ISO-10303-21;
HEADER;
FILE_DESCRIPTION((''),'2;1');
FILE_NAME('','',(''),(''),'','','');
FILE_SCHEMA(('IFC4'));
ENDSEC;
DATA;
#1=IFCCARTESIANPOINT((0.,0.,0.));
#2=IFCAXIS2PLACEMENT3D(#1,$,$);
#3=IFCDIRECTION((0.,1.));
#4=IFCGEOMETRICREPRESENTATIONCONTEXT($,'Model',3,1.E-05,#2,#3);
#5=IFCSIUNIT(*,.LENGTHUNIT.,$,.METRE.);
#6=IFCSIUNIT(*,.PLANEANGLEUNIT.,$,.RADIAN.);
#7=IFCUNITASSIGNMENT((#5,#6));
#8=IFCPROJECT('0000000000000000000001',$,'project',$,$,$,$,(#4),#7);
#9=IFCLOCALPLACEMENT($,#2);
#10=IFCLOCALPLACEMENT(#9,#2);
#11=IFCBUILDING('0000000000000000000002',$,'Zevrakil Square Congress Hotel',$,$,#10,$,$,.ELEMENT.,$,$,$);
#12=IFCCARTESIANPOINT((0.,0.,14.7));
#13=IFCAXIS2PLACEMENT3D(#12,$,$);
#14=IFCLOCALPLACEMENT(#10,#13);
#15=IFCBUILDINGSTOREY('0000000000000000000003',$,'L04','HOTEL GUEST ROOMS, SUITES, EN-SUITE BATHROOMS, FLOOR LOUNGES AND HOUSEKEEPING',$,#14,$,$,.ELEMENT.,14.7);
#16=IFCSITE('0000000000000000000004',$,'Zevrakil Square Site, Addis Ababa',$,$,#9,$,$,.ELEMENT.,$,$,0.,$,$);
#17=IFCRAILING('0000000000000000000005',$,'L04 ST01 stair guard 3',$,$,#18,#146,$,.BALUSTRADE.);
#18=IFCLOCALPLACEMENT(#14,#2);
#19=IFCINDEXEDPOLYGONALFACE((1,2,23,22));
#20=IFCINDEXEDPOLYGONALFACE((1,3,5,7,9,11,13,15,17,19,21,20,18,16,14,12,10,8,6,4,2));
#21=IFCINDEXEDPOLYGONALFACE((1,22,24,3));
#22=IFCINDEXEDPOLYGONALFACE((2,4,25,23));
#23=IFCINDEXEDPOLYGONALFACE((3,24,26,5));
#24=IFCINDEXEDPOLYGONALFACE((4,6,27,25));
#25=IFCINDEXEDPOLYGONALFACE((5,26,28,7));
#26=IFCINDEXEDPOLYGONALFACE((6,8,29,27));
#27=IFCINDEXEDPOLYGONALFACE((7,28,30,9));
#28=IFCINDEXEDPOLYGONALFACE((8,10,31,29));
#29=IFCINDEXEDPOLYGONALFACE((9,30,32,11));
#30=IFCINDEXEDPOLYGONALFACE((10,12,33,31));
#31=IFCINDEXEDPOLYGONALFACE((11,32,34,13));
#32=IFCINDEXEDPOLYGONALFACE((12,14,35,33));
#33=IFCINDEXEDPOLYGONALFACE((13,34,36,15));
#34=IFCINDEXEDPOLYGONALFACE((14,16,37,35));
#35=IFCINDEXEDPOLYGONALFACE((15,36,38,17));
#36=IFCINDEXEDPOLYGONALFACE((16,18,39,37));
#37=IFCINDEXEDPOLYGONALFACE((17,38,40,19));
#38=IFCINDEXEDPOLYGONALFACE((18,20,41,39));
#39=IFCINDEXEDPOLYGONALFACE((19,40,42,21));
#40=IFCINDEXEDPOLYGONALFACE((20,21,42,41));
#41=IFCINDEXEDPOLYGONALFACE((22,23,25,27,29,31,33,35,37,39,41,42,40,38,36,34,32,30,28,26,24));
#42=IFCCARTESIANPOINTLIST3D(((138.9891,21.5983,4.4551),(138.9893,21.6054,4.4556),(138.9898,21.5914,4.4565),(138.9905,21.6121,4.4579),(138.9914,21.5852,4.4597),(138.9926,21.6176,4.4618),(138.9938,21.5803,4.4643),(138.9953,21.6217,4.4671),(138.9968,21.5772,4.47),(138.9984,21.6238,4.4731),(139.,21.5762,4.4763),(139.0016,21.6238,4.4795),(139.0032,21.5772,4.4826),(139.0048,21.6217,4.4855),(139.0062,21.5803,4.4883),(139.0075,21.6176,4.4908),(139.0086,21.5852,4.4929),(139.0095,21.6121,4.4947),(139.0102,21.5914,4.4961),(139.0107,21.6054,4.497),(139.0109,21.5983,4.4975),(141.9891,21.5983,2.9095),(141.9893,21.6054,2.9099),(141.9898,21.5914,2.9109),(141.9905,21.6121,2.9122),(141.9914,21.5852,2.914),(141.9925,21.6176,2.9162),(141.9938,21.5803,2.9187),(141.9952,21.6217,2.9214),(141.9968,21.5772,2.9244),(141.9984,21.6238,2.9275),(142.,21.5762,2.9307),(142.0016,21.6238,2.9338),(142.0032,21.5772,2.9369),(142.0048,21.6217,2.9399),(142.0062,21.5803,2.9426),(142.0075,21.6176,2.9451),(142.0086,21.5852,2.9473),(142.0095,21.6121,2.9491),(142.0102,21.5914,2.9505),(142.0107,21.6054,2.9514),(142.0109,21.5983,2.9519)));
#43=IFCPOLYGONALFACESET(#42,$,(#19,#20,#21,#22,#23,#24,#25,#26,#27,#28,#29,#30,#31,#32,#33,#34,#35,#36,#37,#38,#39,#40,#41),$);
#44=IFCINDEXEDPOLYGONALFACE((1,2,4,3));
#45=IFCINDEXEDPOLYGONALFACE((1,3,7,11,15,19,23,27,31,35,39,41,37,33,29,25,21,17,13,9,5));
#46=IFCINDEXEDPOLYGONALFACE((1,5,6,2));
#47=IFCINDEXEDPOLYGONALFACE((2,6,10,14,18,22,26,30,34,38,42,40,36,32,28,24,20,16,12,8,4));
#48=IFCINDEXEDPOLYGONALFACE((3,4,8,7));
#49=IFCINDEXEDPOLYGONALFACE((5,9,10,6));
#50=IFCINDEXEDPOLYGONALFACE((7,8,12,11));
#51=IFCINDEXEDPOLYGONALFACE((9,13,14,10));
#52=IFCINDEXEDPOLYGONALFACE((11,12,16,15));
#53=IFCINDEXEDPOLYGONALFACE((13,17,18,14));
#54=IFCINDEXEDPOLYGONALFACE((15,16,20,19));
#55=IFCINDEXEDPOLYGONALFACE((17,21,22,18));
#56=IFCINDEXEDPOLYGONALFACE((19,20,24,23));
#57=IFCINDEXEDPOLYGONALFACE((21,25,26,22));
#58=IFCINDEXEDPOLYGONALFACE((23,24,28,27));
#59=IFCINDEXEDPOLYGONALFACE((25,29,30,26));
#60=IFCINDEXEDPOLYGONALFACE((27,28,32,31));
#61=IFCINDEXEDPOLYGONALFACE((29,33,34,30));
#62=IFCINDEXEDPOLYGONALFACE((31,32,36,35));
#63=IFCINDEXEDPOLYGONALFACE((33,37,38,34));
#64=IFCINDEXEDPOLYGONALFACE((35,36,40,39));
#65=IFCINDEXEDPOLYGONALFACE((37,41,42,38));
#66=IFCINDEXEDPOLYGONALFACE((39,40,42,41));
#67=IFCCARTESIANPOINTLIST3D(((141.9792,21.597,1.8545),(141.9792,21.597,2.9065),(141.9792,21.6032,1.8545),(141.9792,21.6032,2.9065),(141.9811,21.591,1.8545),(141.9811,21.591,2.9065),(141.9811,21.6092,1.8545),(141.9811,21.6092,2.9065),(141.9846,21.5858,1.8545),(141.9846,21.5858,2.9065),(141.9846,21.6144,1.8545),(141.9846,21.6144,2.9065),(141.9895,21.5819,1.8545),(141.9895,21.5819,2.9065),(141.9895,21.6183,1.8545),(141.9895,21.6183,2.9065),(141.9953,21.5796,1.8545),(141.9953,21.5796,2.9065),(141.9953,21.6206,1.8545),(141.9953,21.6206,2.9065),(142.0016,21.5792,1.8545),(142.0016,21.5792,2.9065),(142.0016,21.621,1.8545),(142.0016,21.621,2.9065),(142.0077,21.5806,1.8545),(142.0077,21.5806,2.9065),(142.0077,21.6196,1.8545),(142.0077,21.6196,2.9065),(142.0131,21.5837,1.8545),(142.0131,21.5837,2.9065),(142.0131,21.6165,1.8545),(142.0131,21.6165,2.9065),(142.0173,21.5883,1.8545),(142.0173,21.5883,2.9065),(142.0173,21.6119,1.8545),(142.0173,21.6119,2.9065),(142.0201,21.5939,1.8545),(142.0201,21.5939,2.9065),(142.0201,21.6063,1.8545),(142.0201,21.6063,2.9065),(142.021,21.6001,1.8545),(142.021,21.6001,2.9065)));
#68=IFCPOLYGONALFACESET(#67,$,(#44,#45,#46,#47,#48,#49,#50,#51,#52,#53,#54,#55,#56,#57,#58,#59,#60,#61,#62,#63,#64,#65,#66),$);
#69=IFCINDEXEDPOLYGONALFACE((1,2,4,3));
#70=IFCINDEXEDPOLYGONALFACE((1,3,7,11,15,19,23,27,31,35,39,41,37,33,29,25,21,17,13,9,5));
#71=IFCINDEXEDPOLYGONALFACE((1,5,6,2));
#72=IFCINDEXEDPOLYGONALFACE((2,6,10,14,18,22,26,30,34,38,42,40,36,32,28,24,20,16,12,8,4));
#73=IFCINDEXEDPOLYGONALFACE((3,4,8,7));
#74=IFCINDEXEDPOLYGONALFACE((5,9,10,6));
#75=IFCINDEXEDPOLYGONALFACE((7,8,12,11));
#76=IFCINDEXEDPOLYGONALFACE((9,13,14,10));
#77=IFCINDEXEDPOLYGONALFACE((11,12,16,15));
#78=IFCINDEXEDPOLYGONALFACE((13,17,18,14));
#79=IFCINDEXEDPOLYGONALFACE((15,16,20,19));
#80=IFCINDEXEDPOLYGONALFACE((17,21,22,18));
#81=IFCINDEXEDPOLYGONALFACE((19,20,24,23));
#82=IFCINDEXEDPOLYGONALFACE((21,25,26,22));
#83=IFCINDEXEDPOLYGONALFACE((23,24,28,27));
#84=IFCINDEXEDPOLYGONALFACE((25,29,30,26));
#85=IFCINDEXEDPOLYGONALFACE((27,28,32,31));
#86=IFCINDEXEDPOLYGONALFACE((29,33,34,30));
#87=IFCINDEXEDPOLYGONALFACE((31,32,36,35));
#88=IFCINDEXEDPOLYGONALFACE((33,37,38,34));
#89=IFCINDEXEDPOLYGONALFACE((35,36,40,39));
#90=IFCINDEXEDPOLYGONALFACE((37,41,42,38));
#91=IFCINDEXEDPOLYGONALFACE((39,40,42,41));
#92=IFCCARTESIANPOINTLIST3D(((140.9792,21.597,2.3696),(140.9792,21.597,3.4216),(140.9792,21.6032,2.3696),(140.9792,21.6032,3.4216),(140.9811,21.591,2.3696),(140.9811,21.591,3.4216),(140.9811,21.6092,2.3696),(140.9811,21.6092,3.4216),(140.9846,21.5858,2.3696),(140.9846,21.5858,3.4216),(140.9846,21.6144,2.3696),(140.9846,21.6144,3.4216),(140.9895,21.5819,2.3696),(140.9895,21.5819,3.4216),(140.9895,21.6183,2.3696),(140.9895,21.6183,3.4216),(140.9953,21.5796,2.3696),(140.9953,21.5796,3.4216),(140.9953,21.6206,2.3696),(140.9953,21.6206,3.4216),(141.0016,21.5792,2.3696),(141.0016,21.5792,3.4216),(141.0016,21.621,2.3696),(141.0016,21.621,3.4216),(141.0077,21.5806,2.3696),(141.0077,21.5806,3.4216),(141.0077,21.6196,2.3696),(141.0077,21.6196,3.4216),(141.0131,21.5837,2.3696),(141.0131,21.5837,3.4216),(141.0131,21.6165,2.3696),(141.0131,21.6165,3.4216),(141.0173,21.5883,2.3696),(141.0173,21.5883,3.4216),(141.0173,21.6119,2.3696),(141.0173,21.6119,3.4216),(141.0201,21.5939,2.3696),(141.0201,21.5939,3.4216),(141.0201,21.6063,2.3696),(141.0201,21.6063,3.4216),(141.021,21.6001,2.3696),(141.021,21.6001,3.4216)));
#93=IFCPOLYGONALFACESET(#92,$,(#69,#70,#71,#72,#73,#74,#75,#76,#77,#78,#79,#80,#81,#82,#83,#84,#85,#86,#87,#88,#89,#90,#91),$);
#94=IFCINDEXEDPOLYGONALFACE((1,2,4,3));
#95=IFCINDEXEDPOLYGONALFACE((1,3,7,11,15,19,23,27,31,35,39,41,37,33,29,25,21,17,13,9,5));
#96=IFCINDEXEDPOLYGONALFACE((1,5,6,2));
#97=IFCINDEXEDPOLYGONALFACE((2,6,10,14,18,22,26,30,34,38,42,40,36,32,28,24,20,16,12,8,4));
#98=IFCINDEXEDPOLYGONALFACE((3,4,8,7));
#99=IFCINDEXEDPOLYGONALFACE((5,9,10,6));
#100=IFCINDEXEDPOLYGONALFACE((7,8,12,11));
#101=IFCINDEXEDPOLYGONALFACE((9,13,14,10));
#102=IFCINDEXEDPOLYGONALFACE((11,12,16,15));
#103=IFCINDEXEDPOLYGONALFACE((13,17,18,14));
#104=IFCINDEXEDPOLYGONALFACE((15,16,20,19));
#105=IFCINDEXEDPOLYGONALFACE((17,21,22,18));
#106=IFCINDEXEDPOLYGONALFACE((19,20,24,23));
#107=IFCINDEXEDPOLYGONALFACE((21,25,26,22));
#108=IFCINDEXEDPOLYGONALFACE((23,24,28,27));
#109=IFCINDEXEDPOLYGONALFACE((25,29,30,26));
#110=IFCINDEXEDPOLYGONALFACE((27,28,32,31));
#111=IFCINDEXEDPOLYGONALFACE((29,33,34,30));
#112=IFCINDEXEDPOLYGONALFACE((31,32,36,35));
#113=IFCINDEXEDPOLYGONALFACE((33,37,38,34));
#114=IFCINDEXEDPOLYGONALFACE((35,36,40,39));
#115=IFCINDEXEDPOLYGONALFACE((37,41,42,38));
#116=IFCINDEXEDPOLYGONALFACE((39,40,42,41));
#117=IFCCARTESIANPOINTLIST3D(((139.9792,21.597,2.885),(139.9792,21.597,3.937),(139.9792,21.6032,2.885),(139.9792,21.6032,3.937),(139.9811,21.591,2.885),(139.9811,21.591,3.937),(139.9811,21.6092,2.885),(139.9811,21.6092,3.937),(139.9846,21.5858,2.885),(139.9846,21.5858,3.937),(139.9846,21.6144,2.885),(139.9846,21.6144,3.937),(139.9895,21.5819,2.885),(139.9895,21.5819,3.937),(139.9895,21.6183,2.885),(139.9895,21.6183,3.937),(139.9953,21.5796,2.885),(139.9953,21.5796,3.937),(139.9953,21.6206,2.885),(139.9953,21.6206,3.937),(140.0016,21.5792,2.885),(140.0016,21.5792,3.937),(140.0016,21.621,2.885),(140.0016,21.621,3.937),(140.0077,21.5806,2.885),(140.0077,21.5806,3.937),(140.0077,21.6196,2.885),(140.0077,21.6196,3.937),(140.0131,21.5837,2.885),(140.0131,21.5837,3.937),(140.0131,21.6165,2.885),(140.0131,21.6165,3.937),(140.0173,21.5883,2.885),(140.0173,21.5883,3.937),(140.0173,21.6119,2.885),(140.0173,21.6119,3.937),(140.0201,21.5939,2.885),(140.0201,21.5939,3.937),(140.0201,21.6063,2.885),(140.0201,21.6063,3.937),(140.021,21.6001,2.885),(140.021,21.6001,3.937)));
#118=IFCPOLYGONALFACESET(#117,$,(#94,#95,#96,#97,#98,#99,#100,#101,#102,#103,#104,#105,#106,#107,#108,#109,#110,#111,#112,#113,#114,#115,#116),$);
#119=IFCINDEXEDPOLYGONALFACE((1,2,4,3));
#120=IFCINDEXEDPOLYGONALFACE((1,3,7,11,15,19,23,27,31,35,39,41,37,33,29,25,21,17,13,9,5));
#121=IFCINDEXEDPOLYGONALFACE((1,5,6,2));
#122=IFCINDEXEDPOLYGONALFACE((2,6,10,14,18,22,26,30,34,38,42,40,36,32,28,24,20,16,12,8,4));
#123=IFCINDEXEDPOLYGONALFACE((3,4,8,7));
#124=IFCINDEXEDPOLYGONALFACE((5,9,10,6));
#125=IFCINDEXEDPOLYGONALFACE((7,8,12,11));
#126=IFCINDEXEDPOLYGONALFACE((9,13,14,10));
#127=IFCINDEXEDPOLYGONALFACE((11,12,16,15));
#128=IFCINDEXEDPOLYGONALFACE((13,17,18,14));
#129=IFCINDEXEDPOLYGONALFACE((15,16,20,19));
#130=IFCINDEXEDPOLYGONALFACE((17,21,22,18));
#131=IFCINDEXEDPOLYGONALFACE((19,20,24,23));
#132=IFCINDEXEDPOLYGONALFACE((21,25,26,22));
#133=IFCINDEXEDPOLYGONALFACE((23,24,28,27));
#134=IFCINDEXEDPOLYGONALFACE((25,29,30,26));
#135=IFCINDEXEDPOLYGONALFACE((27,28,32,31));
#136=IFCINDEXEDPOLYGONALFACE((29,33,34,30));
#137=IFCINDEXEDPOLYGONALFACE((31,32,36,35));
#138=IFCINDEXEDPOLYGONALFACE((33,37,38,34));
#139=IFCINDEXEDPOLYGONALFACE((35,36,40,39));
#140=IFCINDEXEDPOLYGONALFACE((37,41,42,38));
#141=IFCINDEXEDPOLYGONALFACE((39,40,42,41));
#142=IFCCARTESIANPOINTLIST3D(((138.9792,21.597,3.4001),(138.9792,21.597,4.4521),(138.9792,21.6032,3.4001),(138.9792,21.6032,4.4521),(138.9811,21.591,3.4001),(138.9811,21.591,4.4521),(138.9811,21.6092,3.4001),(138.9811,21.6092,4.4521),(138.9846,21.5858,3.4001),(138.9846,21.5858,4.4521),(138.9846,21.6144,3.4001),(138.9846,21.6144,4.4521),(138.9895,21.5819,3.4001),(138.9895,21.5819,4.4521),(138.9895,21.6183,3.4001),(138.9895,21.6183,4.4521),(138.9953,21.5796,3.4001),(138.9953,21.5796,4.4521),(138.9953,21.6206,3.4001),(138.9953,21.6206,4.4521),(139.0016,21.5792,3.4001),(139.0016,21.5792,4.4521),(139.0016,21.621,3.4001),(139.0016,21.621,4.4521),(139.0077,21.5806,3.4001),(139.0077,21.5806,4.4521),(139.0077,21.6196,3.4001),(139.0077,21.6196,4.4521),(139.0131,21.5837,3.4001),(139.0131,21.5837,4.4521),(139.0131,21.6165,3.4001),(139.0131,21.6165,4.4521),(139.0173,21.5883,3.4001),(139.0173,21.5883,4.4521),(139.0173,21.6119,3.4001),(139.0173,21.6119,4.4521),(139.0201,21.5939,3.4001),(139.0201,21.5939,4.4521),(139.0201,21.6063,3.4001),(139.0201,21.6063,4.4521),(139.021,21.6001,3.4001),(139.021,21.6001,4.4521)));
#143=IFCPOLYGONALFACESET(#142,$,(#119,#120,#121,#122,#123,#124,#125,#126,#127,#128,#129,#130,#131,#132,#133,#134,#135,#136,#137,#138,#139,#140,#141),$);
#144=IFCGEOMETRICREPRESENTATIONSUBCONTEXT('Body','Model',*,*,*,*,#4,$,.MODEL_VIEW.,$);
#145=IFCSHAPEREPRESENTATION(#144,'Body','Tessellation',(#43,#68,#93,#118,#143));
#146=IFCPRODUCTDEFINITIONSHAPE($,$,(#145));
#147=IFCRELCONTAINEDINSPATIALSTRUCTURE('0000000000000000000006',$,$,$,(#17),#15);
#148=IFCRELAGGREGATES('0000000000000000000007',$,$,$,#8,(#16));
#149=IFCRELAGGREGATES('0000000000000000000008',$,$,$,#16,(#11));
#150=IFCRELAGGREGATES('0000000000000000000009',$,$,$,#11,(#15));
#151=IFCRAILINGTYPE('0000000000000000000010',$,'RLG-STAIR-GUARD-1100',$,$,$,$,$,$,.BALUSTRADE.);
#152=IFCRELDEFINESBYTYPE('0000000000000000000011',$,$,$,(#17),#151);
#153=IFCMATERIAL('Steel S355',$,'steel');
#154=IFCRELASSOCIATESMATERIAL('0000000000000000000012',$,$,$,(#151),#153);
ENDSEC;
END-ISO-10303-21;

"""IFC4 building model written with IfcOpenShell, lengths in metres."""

from ifc_helpers import new_model, si_unit, direction, frame, origin, origin_2d, place, context, subcontext, project, spatial, circle, extrude, material, type_object, element, save


model = new_model("IFC4")

# Units and contexts
model_context = context("Model", 3, precision=1e-05, world=origin(), true_north=direction((0.0, 1.0)))
body_context = subcontext(model_context, "Body", "Model", "MODEL_VIEW")
ifc_project = project(units=[si_unit("LENGTHUNIT", "METRE"), si_unit("PLANEANGLEUNIT", "RADIAN")], contexts=[model_context])

# Site, building, storey
site_placement = place(None, origin())
site = spatial("IfcSite", under=ifc_project, at=site_placement, Name="Zevrakil Square Site, Addis Ababa", CompositionType="ELEMENT", RefElevation=0.0)
building_placement = place(site_placement, origin())
building = spatial("IfcBuilding", under=site, at=building_placement, Name="Zevrakil Square Congress Hotel", CompositionType="ELEMENT")
storey_placement = place(building_placement, frame((0.0, 0.0, 14.7)))
storey = spatial("IfcBuildingStorey", under=building, at=storey_placement, Name="L04", Description="HOTEL GUEST ROOMS, SUITES, EN-SUITE BATHROOMS, FLOOR LOUNGES AND HOUSEKEEPING", CompositionType="ELEMENT", Elevation=14.7)

# Railing
ifc_material_1 = material(Name="Steel S355", Category="steel")
railing_type_1 = type_object("IfcRailingType", Name="RLG-STAIR-GUARD-1100", PredefinedType="BALUSTRADE", material=ifc_material_1)
railing_1_placement = place(storey_placement, frame((142.0, 21.6001, 1.8545)))
element("IfcRailing", 1, at=railing_1_placement, inside=storey, type_object=railing_type_1, Name="L04 ST01 stair guard 3", PredefinedType="BALUSTRADE", context=body_context, shape_type="SweptSolid", body=[
    extrude(circle(Radius=0.0239, at=origin_2d()), frame((0.0, 0.0, 1.0762), z_axis=(-0.88895, 0.0, 0.458003), x_axis=(0.0, -1.0, 0.0)), (0.0, 0.0, 1.0), 3.3748),
    extrude(circle(Radius=0.021, at=origin_2d()), origin(), (0.0, 0.0, 1.0), 1.052),
    extrude(circle(Radius=0.021, at=origin_2d()), frame((-1.0, 0.0, 0.5151)), (0.0, 0.0, 1.0), 1.052),
    extrude(circle(Radius=0.021, at=origin_2d()), frame((-2.0, 0.0, 1.0305)), (0.0, 0.0, 1.0), 1.052),
    extrude(circle(Radius=0.021, at=origin_2d()), frame((-3.0, 0.0, 1.5457)), (0.0, 0.0, 1.0), 1.052),
])

save(model, "model.ifc")
